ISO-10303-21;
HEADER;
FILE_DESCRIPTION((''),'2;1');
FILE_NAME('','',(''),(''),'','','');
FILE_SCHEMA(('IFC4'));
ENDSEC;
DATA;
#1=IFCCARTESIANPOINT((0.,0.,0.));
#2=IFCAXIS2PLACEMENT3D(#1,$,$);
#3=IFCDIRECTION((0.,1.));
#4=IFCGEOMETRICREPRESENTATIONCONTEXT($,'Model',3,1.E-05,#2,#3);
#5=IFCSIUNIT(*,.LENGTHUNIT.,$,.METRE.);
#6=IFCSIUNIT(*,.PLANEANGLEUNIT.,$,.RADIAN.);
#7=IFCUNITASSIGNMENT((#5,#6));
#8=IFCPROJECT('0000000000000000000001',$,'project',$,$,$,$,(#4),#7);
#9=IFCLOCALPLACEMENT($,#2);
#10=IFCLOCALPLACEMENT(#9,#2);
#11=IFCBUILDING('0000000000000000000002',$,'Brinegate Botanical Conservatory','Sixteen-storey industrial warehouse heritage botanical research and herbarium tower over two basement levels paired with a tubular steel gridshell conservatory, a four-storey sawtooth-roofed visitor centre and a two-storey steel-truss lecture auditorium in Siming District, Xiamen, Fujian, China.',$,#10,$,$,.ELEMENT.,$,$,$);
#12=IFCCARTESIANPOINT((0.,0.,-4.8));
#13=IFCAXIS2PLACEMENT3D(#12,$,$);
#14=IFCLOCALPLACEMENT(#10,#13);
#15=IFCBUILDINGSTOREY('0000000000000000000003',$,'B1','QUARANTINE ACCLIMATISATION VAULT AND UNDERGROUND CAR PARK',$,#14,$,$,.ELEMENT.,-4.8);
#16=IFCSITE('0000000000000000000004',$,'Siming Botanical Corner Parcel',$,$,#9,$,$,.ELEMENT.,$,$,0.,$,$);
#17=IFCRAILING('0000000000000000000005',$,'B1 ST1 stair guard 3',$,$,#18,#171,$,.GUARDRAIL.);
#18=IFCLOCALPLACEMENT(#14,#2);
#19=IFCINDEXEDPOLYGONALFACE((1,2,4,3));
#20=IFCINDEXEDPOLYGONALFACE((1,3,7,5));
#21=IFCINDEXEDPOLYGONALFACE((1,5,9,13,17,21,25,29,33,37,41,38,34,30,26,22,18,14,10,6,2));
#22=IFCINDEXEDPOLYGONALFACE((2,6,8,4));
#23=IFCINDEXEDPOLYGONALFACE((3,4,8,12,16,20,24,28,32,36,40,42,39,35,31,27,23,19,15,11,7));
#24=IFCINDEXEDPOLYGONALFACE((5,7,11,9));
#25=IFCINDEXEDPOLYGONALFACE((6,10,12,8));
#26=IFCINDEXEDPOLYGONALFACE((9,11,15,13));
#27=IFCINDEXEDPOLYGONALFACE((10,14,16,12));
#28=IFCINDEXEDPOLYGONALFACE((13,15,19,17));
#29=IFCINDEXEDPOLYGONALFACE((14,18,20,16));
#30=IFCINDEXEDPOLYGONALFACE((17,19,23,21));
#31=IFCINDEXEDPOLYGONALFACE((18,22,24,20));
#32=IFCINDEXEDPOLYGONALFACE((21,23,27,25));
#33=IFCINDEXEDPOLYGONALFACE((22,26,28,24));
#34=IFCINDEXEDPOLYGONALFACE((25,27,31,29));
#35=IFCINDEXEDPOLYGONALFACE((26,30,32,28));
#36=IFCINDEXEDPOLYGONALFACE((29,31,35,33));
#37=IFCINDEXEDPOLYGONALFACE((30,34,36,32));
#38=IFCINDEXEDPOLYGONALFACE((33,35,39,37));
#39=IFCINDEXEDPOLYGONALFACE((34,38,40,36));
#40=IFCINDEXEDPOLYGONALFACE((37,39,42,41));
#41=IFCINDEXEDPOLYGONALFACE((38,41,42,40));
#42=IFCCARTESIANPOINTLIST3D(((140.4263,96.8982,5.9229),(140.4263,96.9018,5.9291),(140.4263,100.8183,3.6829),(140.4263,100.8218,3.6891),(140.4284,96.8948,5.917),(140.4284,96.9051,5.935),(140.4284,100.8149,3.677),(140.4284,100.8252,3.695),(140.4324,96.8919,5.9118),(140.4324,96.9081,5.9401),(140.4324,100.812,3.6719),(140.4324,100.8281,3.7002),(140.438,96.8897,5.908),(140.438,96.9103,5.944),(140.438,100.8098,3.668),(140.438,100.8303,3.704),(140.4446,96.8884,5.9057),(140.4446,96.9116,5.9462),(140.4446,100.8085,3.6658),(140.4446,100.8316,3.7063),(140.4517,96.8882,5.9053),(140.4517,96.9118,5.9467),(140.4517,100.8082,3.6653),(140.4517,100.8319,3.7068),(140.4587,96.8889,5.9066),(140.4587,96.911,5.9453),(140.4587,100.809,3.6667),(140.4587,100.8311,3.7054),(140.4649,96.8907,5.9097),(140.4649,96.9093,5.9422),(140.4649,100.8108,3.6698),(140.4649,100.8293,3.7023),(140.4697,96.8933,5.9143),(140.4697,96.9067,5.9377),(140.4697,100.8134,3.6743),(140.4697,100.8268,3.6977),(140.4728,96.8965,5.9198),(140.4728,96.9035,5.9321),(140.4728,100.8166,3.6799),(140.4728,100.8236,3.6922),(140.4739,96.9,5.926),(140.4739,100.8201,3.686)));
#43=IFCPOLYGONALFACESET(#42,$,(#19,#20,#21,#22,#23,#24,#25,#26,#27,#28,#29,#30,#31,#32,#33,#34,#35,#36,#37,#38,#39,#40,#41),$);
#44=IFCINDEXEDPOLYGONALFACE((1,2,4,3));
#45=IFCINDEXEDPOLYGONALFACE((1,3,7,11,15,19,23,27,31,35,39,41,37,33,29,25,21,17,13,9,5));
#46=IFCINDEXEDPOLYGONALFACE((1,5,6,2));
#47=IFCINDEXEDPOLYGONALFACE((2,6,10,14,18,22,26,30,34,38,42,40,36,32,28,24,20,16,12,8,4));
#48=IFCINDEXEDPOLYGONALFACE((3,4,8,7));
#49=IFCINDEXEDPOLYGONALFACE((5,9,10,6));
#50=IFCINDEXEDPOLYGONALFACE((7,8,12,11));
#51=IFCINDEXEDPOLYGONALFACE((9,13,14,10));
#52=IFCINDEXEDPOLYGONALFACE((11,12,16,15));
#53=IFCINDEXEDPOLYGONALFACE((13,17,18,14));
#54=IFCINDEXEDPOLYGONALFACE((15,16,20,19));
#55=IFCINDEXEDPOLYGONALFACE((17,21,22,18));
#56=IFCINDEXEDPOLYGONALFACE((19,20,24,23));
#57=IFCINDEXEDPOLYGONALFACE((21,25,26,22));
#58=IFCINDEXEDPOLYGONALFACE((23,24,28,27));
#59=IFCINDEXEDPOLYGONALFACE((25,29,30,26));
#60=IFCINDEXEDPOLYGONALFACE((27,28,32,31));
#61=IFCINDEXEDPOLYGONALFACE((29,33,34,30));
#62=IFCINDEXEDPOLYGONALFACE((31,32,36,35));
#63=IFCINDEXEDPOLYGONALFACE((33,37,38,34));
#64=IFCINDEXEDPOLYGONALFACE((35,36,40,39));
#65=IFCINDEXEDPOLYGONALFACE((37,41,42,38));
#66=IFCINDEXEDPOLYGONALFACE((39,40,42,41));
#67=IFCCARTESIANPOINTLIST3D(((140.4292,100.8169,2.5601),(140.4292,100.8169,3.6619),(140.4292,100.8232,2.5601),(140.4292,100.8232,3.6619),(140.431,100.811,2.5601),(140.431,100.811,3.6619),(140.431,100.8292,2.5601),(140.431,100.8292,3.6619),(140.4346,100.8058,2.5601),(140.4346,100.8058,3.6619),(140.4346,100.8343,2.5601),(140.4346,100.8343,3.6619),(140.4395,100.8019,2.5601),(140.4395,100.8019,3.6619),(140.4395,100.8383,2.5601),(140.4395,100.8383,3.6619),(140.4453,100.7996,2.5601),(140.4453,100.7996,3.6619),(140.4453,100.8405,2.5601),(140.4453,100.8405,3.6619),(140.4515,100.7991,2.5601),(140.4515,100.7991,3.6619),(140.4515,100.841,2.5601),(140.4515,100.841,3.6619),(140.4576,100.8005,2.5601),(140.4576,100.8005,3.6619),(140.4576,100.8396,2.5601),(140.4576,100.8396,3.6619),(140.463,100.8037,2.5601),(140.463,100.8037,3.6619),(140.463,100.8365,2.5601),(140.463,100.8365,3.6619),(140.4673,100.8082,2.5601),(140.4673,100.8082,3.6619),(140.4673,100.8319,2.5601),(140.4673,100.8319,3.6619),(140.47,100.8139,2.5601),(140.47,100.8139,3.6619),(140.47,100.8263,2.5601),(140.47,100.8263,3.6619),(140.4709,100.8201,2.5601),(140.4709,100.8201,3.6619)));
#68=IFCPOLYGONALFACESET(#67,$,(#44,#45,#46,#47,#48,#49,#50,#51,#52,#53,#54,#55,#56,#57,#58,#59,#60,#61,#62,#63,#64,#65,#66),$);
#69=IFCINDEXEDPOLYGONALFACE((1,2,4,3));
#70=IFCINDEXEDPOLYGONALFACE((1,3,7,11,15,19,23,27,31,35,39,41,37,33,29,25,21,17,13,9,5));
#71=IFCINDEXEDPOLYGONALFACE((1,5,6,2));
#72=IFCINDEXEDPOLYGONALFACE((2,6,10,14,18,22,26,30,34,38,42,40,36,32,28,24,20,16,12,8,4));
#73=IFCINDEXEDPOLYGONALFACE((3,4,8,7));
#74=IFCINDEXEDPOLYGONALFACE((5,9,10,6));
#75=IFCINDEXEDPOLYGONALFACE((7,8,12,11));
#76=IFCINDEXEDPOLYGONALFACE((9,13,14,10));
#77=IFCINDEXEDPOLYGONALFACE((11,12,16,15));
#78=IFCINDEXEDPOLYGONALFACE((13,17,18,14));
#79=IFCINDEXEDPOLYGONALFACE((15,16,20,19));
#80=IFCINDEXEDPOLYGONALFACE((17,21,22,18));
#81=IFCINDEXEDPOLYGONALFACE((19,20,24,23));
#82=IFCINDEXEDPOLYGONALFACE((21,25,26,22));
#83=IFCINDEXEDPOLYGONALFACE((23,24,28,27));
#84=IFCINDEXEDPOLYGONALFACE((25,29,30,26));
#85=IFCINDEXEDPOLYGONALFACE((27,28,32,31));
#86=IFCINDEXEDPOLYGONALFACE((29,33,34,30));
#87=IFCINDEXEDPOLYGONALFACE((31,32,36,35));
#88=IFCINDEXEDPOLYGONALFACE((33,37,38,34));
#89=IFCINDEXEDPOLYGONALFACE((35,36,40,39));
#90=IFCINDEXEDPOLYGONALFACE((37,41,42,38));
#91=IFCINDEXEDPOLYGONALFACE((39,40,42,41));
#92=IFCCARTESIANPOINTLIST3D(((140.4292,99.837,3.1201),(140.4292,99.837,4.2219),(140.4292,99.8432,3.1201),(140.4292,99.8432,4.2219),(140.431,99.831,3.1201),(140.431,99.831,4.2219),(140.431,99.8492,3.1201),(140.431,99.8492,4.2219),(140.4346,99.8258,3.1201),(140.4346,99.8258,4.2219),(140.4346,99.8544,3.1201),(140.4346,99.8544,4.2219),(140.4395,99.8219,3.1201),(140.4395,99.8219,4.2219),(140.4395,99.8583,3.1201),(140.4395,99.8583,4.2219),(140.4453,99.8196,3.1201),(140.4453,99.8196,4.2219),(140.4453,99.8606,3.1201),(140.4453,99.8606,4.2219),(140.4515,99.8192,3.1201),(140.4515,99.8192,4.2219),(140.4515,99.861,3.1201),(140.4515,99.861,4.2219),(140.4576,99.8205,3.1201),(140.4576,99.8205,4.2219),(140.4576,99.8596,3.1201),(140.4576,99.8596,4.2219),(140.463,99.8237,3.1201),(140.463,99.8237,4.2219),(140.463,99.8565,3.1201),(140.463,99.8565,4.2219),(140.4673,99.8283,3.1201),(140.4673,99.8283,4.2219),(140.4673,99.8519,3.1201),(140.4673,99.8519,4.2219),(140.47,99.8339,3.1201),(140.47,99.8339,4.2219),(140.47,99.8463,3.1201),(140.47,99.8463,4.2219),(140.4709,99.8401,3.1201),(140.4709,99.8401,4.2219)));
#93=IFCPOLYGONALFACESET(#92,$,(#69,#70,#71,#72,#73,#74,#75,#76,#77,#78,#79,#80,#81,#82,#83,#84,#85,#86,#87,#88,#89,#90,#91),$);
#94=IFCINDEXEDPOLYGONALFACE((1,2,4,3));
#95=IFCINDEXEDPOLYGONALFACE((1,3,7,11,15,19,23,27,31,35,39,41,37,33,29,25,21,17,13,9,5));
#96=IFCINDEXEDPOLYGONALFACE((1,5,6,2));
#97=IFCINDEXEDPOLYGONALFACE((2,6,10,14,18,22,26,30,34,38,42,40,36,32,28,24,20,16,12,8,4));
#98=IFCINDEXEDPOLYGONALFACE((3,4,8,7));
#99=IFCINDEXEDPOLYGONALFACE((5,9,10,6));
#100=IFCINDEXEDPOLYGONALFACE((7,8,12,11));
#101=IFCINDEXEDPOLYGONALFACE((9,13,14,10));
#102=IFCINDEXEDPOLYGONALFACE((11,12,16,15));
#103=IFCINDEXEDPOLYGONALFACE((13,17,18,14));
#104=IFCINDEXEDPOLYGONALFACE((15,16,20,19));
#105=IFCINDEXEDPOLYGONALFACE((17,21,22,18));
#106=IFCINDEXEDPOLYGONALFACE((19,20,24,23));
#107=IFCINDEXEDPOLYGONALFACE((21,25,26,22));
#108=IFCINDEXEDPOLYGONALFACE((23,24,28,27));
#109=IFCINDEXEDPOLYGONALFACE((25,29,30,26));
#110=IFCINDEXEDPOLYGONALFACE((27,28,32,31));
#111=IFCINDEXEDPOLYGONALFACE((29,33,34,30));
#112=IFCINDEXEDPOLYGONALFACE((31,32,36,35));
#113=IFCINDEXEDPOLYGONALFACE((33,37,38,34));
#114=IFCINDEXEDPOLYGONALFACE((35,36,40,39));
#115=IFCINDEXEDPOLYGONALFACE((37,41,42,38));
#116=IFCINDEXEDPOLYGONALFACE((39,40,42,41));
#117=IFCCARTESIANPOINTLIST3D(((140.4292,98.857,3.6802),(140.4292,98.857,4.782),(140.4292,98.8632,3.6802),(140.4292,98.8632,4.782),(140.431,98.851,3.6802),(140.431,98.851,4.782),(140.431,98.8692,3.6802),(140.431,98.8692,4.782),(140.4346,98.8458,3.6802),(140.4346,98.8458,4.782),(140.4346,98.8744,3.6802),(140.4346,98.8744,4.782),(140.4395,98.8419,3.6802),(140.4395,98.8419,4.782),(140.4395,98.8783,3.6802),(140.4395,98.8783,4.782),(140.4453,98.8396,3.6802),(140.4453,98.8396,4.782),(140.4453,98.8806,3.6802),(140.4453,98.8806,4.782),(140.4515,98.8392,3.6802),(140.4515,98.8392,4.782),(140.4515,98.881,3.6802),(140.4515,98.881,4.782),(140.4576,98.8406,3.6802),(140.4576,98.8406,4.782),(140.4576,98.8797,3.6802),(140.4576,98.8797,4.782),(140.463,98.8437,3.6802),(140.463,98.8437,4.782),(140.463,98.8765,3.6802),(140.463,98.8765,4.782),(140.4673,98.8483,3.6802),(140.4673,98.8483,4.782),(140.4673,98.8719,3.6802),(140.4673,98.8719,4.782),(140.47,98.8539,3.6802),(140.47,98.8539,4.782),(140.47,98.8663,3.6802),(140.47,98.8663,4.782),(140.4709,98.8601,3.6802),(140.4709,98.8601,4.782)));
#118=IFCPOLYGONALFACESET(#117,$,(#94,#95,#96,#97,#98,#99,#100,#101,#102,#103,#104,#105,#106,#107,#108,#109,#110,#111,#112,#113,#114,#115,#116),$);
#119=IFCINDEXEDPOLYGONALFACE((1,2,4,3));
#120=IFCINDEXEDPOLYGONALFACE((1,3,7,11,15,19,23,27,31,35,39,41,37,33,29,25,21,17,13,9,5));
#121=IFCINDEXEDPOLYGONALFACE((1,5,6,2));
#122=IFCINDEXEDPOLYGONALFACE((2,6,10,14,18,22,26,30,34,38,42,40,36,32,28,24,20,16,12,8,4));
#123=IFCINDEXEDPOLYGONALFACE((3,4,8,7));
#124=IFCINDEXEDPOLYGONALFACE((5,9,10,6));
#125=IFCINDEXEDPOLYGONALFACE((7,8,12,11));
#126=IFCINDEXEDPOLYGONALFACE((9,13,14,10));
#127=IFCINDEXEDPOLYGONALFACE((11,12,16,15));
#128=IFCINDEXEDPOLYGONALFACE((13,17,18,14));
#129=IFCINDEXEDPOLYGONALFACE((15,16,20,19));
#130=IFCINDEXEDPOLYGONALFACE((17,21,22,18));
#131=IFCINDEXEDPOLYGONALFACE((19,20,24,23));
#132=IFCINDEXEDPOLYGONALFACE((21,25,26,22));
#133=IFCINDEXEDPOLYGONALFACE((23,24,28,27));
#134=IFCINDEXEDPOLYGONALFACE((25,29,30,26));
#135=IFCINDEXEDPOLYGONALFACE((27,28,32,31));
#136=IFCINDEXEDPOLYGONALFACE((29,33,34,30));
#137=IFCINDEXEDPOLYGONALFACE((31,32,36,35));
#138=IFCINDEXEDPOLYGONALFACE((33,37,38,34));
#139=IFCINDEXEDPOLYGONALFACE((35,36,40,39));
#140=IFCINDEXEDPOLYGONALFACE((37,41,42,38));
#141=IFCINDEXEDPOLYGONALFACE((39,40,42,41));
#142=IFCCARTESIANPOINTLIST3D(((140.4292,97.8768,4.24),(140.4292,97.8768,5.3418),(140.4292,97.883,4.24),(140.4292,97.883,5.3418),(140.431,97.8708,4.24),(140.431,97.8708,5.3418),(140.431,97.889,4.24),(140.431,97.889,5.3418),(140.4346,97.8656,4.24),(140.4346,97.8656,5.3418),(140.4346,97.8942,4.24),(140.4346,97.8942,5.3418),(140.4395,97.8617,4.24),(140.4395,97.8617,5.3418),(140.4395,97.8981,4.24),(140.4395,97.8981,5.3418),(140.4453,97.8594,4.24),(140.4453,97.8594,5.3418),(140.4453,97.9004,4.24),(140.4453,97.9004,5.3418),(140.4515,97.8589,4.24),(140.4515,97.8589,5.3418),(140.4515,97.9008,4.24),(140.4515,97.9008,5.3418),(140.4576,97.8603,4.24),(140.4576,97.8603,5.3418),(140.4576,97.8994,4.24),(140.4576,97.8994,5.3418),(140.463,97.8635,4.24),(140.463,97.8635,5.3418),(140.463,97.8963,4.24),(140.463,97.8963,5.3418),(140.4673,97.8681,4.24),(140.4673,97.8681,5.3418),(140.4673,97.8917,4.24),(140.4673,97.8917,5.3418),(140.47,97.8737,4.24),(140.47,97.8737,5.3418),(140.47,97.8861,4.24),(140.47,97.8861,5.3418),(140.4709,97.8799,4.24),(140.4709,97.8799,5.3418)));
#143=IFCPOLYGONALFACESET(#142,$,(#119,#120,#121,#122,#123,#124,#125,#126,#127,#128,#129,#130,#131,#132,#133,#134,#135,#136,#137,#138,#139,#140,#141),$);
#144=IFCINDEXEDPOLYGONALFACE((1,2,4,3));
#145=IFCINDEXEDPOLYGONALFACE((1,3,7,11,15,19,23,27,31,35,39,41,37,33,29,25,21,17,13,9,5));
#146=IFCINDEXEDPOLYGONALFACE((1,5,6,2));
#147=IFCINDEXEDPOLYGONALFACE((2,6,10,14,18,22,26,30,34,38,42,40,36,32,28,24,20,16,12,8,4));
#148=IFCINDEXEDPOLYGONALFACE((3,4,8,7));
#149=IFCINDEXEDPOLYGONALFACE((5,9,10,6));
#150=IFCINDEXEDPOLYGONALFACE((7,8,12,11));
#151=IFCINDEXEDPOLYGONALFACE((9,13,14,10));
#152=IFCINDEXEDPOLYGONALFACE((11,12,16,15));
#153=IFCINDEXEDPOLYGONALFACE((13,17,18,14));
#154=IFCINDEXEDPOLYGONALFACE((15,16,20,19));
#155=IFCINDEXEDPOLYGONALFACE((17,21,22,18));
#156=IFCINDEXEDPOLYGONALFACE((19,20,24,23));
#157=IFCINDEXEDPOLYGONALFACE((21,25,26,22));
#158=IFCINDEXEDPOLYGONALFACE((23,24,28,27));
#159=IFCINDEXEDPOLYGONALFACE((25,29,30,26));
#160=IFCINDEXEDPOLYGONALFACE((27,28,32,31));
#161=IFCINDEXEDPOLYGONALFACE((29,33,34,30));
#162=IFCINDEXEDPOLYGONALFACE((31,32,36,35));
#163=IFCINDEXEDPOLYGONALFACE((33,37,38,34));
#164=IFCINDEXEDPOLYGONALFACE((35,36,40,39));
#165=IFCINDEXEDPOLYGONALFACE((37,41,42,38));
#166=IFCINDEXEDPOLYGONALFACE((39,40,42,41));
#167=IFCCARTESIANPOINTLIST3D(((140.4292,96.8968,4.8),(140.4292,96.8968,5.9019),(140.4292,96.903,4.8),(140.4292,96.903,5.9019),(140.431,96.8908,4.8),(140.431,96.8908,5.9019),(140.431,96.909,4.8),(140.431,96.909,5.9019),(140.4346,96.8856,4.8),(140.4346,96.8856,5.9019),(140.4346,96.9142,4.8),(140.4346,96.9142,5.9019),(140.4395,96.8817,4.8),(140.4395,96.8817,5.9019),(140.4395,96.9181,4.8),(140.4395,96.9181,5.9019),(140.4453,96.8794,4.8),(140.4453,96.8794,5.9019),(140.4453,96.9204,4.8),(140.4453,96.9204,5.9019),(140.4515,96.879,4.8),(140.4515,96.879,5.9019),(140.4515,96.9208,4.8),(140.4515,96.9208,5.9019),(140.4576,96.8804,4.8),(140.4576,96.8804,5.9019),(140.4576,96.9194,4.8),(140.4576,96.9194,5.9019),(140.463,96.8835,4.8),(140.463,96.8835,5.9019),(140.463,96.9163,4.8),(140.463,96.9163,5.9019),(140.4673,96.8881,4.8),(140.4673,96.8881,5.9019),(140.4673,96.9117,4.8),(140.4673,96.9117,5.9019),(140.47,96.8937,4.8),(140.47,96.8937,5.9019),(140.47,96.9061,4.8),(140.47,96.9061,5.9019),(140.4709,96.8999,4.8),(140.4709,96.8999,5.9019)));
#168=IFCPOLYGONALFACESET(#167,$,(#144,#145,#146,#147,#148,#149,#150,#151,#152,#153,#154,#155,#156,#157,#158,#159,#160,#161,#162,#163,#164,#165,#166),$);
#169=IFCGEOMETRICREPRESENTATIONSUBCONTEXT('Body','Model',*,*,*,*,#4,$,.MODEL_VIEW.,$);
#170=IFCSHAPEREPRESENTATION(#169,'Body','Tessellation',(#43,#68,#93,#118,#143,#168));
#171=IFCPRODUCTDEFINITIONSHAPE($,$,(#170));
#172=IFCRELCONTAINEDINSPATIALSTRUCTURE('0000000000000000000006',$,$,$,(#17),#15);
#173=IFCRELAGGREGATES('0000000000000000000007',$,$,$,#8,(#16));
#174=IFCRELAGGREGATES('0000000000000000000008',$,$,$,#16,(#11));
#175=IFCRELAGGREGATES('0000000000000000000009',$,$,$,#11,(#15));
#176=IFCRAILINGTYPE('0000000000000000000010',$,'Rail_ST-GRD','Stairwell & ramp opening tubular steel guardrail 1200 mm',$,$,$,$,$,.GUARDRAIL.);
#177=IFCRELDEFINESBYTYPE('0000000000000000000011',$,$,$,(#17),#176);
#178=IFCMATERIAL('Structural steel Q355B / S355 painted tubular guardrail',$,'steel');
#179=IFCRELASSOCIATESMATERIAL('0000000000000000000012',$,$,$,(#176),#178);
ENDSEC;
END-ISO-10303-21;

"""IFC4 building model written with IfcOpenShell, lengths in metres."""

from ifc_helpers import new_model, si_unit, direction, frame, origin, origin_2d, place, context, subcontext, project, spatial, circle, extrude, material, type_object, element, save


model = new_model("IFC4")

# Units and contexts
model_context = context("Model", 3, precision=1e-05, world=origin(), true_north=direction((0.0, 1.0)))
body_context = subcontext(model_context, "Body", "Model", "MODEL_VIEW")
ifc_project = project(units=[si_unit("LENGTHUNIT", "METRE"), si_unit("PLANEANGLEUNIT", "RADIAN")], contexts=[model_context])

# Site, building, storey
site_placement = place(None, origin())
site = spatial("IfcSite", under=ifc_project, at=site_placement, Name="Siming Botanical Corner Parcel", CompositionType="ELEMENT", RefElevation=0.0)
building_placement = place(site_placement, origin())
building = spatial("IfcBuilding", under=site, at=building_placement, Name="Brinegate Botanical Conservatory", Description="Sixteen-storey industrial warehouse heritage botanical research and herbarium tower over two basement levels paired with a tubular steel gridshell conservatory, a four-storey sawtooth-roofed visitor centre and a two-storey steel-truss lecture auditorium in Siming District, Xiamen, Fujian, China.", CompositionType="ELEMENT")
storey_placement = place(building_placement, frame((0.0, 0.0, -4.8)))
storey = spatial("IfcBuildingStorey", under=building, at=storey_placement, Name="B1", Description="QUARANTINE ACCLIMATISATION VAULT AND UNDERGROUND CAR PARK", CompositionType="ELEMENT", Elevation=-4.8)

# Railing
ifc_material_1 = material(Name="Structural steel Q355B / S355 painted tubular guardrail", Category="steel")
railing_type_1 = type_object("IfcRailingType", Name="Rail_ST-GRD", Description="Stairwell & ramp opening tubular steel guardrail 1200 mm", PredefinedType="GUARDRAIL", material=ifc_material_1)
railing_1_placement = place(storey_placement, frame((140.45, 100.8201, 2.5601)))
element("IfcRailing", 1, at=railing_1_placement, inside=storey, type_object=railing_type_1, Name="B1 ST1 stair guard 3", PredefinedType="GUARDRAIL", context=body_context, shape_type="SweptSolid", body=[
    extrude(circle(Radius=0.0239, at=origin_2d()), frame((0.0, 0.0, 1.126), z_axis=(0.0, -0.868253, 0.496121), x_axis=(1.0, 0.0, 0.0)), (0.0, 0.0, 1.0), 4.5149),
    extrude(circle(Radius=0.021, at=origin_2d()), origin(), (0.0, 0.0, 1.0), 1.1018),
    extrude(circle(Radius=0.021, at=origin_2d()), frame((0.0, -0.98, 0.5601)), (0.0, 0.0, 1.0), 1.1018),
    extrude(circle(Radius=0.021, at=origin_2d()), frame((0.0, -1.96, 1.1201)), (0.0, 0.0, 1.0), 1.1018),
    extrude(circle(Radius=0.021, at=origin_2d()), frame((0.0, -2.9402, 1.6799)), (0.0, 0.0, 1.0), 1.1018),
    extrude(circle(Radius=0.021, at=origin_2d()), frame((0.0, -3.9202, 2.24)), (0.0, 0.0, 1.0), 1.1018),
])

save(model, "model.ifc")
